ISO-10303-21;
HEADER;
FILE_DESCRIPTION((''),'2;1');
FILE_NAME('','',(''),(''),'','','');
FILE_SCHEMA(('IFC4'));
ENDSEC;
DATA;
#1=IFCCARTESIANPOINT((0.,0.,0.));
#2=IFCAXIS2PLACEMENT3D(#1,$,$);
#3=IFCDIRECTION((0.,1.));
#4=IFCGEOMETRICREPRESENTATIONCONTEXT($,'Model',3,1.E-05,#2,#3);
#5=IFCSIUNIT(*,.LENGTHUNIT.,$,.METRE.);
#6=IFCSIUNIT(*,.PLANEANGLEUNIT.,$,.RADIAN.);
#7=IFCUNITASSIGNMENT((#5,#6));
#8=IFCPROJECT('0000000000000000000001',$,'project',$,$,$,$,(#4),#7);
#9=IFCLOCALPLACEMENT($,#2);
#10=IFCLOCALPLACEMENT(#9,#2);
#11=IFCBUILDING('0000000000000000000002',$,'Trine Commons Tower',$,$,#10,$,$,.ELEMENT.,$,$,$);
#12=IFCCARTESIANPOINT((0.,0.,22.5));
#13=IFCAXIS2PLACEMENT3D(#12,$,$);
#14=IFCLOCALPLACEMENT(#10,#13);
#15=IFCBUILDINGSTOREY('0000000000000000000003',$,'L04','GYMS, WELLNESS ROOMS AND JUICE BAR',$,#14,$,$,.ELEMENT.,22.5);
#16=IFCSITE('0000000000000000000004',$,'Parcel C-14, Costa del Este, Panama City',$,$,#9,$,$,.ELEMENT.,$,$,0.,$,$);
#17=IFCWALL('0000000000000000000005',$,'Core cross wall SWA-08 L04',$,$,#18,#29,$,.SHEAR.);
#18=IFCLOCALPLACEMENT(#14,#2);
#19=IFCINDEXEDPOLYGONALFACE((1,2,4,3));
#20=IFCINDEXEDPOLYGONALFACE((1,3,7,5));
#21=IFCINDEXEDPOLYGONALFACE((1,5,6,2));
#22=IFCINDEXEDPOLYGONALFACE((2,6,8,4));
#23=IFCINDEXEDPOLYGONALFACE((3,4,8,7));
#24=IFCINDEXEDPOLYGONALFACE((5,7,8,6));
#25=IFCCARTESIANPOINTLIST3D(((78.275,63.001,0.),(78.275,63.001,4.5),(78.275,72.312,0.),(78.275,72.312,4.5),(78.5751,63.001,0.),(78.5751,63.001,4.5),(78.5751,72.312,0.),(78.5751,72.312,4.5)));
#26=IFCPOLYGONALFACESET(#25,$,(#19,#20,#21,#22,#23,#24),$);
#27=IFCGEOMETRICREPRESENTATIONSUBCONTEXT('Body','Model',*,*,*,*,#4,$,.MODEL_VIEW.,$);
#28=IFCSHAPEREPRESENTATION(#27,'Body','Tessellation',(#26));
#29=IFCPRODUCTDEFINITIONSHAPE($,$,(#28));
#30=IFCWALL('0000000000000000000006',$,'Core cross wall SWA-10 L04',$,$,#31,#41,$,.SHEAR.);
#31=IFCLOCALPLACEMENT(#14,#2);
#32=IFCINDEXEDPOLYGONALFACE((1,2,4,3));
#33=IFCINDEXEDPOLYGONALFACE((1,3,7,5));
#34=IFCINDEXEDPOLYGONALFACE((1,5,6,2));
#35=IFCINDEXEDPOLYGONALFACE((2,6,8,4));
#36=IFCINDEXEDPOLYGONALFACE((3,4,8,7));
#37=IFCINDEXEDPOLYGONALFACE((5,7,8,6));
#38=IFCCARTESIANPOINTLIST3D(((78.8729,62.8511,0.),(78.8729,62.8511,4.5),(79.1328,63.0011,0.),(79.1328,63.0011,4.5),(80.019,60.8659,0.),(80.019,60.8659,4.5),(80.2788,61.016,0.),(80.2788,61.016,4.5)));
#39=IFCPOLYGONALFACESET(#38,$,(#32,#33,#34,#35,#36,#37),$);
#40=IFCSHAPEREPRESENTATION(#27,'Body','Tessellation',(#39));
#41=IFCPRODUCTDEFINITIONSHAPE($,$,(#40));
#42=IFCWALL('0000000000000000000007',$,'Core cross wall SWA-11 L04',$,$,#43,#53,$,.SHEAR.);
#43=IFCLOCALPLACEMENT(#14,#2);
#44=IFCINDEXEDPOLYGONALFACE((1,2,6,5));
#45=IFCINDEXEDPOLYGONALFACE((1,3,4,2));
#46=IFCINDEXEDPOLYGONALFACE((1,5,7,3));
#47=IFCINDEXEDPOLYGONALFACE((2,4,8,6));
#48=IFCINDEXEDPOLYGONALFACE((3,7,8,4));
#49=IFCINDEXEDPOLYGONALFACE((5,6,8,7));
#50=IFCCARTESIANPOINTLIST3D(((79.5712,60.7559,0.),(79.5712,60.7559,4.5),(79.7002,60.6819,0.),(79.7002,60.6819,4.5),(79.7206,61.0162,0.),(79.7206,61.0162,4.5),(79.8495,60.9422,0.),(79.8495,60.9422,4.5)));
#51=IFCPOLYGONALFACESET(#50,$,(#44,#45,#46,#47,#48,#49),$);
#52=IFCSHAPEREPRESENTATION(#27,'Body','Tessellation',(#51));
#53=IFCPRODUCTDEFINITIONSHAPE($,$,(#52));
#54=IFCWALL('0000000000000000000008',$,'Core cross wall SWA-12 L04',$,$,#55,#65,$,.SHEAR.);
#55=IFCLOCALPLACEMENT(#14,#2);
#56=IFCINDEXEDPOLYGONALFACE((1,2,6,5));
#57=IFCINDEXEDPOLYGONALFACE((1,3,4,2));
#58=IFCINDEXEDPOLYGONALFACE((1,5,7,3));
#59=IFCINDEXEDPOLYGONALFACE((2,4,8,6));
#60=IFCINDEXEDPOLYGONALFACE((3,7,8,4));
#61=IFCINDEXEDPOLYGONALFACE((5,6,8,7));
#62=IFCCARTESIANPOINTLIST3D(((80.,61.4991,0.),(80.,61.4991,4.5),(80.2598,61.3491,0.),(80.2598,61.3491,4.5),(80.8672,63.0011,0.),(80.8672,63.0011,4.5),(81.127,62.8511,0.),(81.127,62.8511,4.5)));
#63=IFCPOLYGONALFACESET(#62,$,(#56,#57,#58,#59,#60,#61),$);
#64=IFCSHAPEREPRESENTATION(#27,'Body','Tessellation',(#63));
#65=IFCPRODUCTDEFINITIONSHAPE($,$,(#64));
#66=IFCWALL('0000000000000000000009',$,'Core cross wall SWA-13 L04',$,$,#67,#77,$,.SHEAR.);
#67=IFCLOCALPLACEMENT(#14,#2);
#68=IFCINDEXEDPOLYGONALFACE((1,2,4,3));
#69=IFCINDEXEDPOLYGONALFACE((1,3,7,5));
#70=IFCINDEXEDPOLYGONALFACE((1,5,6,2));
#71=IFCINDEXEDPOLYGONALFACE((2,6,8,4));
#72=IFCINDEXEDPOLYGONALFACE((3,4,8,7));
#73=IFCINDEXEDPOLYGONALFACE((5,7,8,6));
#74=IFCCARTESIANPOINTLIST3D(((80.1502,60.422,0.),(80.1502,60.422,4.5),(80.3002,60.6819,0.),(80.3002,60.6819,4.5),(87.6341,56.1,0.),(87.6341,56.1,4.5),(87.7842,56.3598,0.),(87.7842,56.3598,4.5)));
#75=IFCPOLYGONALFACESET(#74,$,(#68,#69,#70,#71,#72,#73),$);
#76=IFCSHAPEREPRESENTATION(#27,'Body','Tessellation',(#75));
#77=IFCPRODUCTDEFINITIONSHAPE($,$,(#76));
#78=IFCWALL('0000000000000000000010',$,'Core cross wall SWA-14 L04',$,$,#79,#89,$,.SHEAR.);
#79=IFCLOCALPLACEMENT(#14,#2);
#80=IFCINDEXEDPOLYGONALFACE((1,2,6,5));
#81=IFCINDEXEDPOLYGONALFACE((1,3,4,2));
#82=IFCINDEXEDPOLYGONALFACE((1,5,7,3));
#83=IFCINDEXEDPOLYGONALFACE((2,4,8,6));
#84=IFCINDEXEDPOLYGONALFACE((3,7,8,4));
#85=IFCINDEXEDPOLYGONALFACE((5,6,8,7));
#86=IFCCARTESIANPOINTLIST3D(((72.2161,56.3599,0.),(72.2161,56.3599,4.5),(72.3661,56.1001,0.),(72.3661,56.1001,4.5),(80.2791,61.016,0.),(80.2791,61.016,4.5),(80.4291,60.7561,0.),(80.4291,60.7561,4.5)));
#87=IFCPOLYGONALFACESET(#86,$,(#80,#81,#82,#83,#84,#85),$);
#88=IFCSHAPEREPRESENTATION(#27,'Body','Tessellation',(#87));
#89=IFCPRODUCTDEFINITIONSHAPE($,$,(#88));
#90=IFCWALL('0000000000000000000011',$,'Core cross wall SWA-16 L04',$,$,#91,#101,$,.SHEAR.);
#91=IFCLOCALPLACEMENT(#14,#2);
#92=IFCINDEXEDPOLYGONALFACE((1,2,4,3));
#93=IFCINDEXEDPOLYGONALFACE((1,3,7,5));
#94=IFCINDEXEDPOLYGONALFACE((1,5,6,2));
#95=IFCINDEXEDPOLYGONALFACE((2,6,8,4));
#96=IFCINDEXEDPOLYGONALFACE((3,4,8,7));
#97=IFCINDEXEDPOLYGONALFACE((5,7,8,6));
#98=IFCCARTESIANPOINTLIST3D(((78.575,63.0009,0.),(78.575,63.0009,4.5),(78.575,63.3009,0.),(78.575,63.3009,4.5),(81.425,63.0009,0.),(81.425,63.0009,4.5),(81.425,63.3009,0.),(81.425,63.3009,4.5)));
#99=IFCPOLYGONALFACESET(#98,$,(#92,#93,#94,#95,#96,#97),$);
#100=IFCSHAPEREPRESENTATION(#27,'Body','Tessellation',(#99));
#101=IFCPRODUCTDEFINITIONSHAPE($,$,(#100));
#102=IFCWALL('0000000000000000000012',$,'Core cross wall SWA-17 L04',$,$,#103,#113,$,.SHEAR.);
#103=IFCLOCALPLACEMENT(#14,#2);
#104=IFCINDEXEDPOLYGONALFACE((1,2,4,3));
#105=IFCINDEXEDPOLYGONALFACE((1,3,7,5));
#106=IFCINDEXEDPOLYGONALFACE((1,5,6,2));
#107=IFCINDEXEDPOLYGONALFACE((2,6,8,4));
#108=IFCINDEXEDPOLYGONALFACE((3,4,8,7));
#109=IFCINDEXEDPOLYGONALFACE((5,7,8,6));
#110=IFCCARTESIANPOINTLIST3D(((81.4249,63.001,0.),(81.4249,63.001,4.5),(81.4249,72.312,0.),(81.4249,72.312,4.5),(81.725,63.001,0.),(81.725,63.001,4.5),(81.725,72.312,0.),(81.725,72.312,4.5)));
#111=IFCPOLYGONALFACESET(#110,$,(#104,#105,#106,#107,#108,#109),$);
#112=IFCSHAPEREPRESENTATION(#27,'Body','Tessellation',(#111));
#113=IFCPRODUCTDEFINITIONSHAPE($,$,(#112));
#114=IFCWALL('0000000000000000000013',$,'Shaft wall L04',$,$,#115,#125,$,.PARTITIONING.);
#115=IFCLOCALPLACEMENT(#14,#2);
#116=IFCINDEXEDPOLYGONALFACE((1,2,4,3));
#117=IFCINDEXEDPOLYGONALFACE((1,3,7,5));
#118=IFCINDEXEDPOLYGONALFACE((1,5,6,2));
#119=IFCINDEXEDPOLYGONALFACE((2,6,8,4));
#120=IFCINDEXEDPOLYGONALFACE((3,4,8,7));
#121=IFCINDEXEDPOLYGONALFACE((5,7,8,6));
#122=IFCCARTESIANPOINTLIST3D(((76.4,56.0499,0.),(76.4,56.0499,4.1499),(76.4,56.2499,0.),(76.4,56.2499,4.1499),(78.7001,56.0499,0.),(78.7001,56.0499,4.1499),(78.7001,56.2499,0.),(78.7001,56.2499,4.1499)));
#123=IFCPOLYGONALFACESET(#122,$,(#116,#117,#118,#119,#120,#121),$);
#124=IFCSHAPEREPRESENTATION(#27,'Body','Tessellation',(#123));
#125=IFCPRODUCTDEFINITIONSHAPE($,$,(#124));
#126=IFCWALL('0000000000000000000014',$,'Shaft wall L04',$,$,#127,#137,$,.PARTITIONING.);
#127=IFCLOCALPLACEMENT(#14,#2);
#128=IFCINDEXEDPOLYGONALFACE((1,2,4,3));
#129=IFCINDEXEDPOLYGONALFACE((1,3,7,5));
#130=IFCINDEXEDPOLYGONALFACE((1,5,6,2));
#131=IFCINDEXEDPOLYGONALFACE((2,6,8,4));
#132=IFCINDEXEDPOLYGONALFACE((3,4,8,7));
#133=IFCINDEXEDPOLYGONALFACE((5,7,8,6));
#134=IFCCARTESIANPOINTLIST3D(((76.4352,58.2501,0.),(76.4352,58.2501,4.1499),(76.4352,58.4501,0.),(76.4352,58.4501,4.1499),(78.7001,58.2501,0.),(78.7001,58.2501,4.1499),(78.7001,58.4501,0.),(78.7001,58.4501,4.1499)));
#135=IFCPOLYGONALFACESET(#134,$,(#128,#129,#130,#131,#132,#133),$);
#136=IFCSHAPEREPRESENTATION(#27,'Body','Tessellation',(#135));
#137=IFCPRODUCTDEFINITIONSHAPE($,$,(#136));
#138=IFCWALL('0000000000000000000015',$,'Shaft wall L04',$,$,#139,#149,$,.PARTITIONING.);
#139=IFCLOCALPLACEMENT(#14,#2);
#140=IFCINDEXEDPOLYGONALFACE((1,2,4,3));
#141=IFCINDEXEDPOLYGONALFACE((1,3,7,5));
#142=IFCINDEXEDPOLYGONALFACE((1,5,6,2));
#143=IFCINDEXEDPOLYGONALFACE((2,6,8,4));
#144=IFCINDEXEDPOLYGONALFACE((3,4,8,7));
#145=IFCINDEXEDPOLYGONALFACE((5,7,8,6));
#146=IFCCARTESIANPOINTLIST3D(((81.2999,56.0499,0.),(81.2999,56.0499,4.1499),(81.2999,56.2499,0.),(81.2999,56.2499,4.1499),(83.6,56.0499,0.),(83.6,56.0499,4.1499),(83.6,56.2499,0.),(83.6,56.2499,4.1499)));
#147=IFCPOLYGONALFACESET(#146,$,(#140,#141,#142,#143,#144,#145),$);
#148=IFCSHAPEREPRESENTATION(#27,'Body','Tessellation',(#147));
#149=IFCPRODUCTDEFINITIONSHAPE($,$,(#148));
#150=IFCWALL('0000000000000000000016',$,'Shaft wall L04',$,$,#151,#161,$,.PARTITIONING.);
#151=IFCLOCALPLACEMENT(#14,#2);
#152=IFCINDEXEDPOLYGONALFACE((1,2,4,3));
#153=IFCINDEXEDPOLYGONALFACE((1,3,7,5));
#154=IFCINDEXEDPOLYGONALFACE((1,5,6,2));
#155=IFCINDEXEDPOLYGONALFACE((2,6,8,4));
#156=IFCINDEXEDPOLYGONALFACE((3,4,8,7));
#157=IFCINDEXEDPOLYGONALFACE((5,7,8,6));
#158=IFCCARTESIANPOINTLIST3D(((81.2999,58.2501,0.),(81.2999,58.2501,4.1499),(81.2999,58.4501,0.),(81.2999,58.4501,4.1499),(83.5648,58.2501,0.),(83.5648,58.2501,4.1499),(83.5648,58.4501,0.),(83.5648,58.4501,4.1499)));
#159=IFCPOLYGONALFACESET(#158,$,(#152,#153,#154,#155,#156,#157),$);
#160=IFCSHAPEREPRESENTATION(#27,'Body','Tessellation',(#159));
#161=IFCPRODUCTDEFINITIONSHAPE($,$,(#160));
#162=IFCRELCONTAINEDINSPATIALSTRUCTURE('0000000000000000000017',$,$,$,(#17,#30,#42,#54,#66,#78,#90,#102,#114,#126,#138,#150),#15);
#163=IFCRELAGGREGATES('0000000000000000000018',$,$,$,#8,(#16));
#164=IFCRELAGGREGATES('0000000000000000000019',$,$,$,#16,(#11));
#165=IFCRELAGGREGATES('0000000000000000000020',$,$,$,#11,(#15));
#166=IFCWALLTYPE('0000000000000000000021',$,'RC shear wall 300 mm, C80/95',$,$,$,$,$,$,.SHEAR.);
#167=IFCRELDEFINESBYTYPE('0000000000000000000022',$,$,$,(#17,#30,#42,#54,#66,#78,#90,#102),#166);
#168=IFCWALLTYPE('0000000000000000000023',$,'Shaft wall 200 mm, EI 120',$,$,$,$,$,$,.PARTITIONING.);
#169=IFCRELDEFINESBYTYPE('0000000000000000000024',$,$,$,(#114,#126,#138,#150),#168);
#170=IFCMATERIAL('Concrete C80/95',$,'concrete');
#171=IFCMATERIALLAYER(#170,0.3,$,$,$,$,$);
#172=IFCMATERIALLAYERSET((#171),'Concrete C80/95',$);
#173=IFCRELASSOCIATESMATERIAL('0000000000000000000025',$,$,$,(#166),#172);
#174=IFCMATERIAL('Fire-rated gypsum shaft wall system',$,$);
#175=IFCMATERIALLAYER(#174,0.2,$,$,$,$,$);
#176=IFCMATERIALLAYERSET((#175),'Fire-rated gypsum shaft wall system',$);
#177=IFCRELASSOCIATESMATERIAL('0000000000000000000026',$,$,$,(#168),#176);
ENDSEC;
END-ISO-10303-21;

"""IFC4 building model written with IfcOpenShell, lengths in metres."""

from ifc_helpers import new_model, si_unit, direction, frame, frame_2d, origin, place, context, subcontext, project, spatial, rectangle, extrude, material, layer, layer_set, type_object, element, save


model = new_model("IFC4")

# Units and contexts
model_context = context("Model", 3, precision=1e-05, world=origin(), true_north=direction((0.0, 1.0)))
body_context = subcontext(model_context, "Body", "Model", "MODEL_VIEW")
ifc_project = project(units=[si_unit("LENGTHUNIT", "METRE"), si_unit("PLANEANGLEUNIT", "RADIAN")], contexts=[model_context])

# Site, building, storey
site_placement = place(None, origin())
site = spatial("IfcSite", under=ifc_project, at=site_placement, Name="Parcel C-14, Costa del Este, Panama City", CompositionType="ELEMENT", RefElevation=0.0)
building_placement = place(site_placement, origin())
building = spatial("IfcBuilding", under=site, at=building_placement, Name="Trine Commons Tower", CompositionType="ELEMENT")
storey_placement = place(building_placement, frame((0.0, 0.0, 22.5)))
storey = spatial("IfcBuildingStorey", under=building, at=storey_placement, Name="L04", Description="GYMS, WELLNESS ROOMS AND JUICE BAR", CompositionType="ELEMENT", Elevation=22.5)

# Shared definitions
ifc_material_1 = material(Name="Fire-rated gypsum shaft wall system")

# Shared definitions
ifc_material_2 = material(Name="Concrete C80/95", Category="concrete")
ifc_layer_1 = layer(ifc_material_2, 0.3)
ifc_layer_set_1 = layer_set([ifc_layer_1], Name="Concrete C80/95")
wall_type_1 = type_object("IfcWallType", Name="RC shear wall 300 mm, C80/95", PredefinedType="SHEAR", material=ifc_layer_set_1)

# Walls
wall_1_placement = place(storey_placement, frame((78.425, 63.001, 0.0), z_axis=(0.0, 0.0, 1.0), x_axis=(0.0, 1.0, 0.0)))
element("IfcWall", 1, at=wall_1_placement, inside=storey, type_object=wall_type_1, Name="Core cross wall SWA-08 L04", PredefinedType="SHEAR", context=body_context, shape_type="SweptSolid", body=[
    extrude(rectangle(XDim=9.311, YDim=0.3, at=frame_2d((4.6555, 0.0))), origin(), (0.0, 0.0, 1.0), 4.5),
])
wall_2_placement = place(storey_placement, frame((79.0029, 62.926, 0.0), z_axis=(0.0, 0.0, 1.0), x_axis=(0.499965, -0.866045, 0.0)))
element("IfcWall", 2, at=wall_2_placement, inside=storey, type_object=wall_type_1, Name="Core cross wall SWA-10 L04", PredefinedType="SHEAR", context=body_context, shape_type="SweptSolid", body=[
    extrude(rectangle(XDim=2.2922, YDim=0.3, at=frame_2d((1.146, 0.0))), origin(), (0.0, 0.0, 1.0), 4.5),
])
wall_3_placement = place(storey_placement, frame((79.646, 60.886, 0.0), z_axis=(0.0, 0.0, 1.0), x_axis=(0.867332, -0.49773, 0.0)))
element("IfcWall", 3, at=wall_3_placement, inside=storey, type_object=wall_type_1, Name="Core cross wall SWA-11 L04", PredefinedType="SHEAR", context=body_context, shape_type="SweptSolid", body=[
    extrude(rectangle(XDim=0.1487, YDim=0.3, at=frame_2d((0.0742, 0.0))), origin(), (0.0, 0.0, 1.0), 4.5),
])
wall_4_placement = place(storey_placement, frame((80.1299, 61.4241, 0.0), z_axis=(0.0, 0.0, 1.0), x_axis=(0.500015, 0.866017, 0.0)))
element("IfcWall", 4, at=wall_4_placement, inside=storey, type_object=wall_type_1, Name="Core cross wall SWA-12 L04", PredefinedType="SHEAR", context=body_context, shape_type="SweptSolid", body=[
    extrude(rectangle(XDim=1.7344, YDim=0.3, at=frame_2d((0.8672, 0.0))), origin(), (0.0, 0.0, 1.0), 4.5),
])
wall_5_placement = place(storey_placement, frame((80.2251, 60.552, 0.0), z_axis=(0.0, 0.0, 1.0), x_axis=(0.865965, -0.500104, 0.0)))
element("IfcWall", 5, at=wall_5_placement, inside=storey, type_object=wall_type_1, Name="Core cross wall SWA-13 L04", PredefinedType="SHEAR", context=body_context, shape_type="SweptSolid", body=[
    extrude(rectangle(XDim=8.6423, YDim=0.3, at=frame_2d((4.3213, 0.0))), origin(), (0.0, 0.0, 1.0), 4.5),
])
wall_6_placement = place(storey_placement, frame((80.354, 60.886, 0.0), z_axis=(0.0, 0.0, 1.0), x_axis=(-0.865986, -0.500067, 0.0)))
element("IfcWall", 6, at=wall_6_placement, inside=storey, type_object=wall_type_1, Name="Core cross wall SWA-14 L04", PredefinedType="SHEAR", context=body_context, shape_type="SweptSolid", body=[
    extrude(rectangle(XDim=9.3108, YDim=0.3, at=frame_2d((4.6553, 0.0))), origin(), (0.0, 0.0, 1.0), 4.5),
])
wall_7_placement = place(storey_placement, frame((81.425, 63.1509, 0.0), z_axis=(0.0, 0.0, 1.0), x_axis=(-1.0, 0.0, 0.0)))
element("IfcWall", 7, at=wall_7_placement, inside=storey, type_object=wall_type_1, Name="Core cross wall SWA-16 L04", PredefinedType="SHEAR", context=body_context, shape_type="SweptSolid", body=[
    extrude(rectangle(XDim=2.8501, YDim=0.3, at=frame_2d((1.425, 0.0))), origin(), (0.0, 0.0, 1.0), 4.5),
])
wall_8_placement = place(storey_placement, frame((81.575, 63.001, 0.0), z_axis=(0.0, 0.0, 1.0), x_axis=(0.0, 1.0, 0.0)))
element("IfcWall", 8, at=wall_8_placement, inside=storey, type_object=wall_type_1, Name="Core cross wall SWA-17 L04", PredefinedType="SHEAR", context=body_context, shape_type="SweptSolid", body=[
    extrude(rectangle(XDim=9.311, YDim=0.3, at=frame_2d((4.6555, 0.0))), origin(), (0.0, 0.0, 1.0), 4.5),
])
ifc_layer_2 = layer(ifc_material_1, 0.2)
ifc_layer_set_2 = layer_set([ifc_layer_2], Name="Fire-rated gypsum shaft wall system")
wall_type_2 = type_object("IfcWallType", Name="Shaft wall 200 mm, EI 120", PredefinedType="PARTITIONING", material=ifc_layer_set_2)
wall_9_placement = place(storey_placement, frame((78.7, 56.1499, 0.0), z_axis=(0.0, 0.0, 1.0), x_axis=(-1.0, 0.0, 0.0)))
element("IfcWall", 9, at=wall_9_placement, inside=storey, type_object=wall_type_2, Name="Shaft wall L04", PredefinedType="PARTITIONING", context=body_context, shape_type="SweptSolid", body=[
    extrude(rectangle(XDim=2.3, YDim=0.2, at=frame_2d((1.1499, 0.0))), origin(), (0.0, 0.0, 1.0), 4.1499),
])
wall_10_placement = place(storey_placement, frame((78.7, 58.3501, 0.0), z_axis=(0.0, 0.0, 1.0), x_axis=(-1.0, 0.0, 0.0)))
element("IfcWall", 10, at=wall_10_placement, inside=storey, type_object=wall_type_2, Name="Shaft wall L04", PredefinedType="PARTITIONING", context=body_context, shape_type="SweptSolid", body=[
    extrude(rectangle(XDim=2.2649, YDim=0.2, at=frame_2d((1.1323, 0.0))), origin(), (0.0, 0.0, 1.0), 4.1499),
])
wall_11_placement = place(storey_placement, frame((81.3, 56.1499, 0.0), z_axis=(0.0, 0.0, 1.0), x_axis=(1.0, 0.0, 0.0)))
element("IfcWall", 11, at=wall_11_placement, inside=storey, type_object=wall_type_2, Name="Shaft wall L04", PredefinedType="PARTITIONING", context=body_context, shape_type="SweptSolid", body=[
    extrude(rectangle(XDim=2.3, YDim=0.2, at=frame_2d((1.1499, 0.0))), origin(), (0.0, 0.0, 1.0), 4.1499),
])
wall_12_placement = place(storey_placement, frame((81.3, 58.3501, 0.0), z_axis=(0.0, 0.0, 1.0), x_axis=(1.0, 0.0, 0.0)))
element("IfcWall", 12, at=wall_12_placement, inside=storey, type_object=wall_type_2, Name="Shaft wall L04", PredefinedType="PARTITIONING", context=body_context, shape_type="SweptSolid", body=[
    extrude(rectangle(XDim=2.2649, YDim=0.2, at=frame_2d((1.1323, 0.0))), origin(), (0.0, 0.0, 1.0), 4.1499),
])

save(model, "model.ifc")
